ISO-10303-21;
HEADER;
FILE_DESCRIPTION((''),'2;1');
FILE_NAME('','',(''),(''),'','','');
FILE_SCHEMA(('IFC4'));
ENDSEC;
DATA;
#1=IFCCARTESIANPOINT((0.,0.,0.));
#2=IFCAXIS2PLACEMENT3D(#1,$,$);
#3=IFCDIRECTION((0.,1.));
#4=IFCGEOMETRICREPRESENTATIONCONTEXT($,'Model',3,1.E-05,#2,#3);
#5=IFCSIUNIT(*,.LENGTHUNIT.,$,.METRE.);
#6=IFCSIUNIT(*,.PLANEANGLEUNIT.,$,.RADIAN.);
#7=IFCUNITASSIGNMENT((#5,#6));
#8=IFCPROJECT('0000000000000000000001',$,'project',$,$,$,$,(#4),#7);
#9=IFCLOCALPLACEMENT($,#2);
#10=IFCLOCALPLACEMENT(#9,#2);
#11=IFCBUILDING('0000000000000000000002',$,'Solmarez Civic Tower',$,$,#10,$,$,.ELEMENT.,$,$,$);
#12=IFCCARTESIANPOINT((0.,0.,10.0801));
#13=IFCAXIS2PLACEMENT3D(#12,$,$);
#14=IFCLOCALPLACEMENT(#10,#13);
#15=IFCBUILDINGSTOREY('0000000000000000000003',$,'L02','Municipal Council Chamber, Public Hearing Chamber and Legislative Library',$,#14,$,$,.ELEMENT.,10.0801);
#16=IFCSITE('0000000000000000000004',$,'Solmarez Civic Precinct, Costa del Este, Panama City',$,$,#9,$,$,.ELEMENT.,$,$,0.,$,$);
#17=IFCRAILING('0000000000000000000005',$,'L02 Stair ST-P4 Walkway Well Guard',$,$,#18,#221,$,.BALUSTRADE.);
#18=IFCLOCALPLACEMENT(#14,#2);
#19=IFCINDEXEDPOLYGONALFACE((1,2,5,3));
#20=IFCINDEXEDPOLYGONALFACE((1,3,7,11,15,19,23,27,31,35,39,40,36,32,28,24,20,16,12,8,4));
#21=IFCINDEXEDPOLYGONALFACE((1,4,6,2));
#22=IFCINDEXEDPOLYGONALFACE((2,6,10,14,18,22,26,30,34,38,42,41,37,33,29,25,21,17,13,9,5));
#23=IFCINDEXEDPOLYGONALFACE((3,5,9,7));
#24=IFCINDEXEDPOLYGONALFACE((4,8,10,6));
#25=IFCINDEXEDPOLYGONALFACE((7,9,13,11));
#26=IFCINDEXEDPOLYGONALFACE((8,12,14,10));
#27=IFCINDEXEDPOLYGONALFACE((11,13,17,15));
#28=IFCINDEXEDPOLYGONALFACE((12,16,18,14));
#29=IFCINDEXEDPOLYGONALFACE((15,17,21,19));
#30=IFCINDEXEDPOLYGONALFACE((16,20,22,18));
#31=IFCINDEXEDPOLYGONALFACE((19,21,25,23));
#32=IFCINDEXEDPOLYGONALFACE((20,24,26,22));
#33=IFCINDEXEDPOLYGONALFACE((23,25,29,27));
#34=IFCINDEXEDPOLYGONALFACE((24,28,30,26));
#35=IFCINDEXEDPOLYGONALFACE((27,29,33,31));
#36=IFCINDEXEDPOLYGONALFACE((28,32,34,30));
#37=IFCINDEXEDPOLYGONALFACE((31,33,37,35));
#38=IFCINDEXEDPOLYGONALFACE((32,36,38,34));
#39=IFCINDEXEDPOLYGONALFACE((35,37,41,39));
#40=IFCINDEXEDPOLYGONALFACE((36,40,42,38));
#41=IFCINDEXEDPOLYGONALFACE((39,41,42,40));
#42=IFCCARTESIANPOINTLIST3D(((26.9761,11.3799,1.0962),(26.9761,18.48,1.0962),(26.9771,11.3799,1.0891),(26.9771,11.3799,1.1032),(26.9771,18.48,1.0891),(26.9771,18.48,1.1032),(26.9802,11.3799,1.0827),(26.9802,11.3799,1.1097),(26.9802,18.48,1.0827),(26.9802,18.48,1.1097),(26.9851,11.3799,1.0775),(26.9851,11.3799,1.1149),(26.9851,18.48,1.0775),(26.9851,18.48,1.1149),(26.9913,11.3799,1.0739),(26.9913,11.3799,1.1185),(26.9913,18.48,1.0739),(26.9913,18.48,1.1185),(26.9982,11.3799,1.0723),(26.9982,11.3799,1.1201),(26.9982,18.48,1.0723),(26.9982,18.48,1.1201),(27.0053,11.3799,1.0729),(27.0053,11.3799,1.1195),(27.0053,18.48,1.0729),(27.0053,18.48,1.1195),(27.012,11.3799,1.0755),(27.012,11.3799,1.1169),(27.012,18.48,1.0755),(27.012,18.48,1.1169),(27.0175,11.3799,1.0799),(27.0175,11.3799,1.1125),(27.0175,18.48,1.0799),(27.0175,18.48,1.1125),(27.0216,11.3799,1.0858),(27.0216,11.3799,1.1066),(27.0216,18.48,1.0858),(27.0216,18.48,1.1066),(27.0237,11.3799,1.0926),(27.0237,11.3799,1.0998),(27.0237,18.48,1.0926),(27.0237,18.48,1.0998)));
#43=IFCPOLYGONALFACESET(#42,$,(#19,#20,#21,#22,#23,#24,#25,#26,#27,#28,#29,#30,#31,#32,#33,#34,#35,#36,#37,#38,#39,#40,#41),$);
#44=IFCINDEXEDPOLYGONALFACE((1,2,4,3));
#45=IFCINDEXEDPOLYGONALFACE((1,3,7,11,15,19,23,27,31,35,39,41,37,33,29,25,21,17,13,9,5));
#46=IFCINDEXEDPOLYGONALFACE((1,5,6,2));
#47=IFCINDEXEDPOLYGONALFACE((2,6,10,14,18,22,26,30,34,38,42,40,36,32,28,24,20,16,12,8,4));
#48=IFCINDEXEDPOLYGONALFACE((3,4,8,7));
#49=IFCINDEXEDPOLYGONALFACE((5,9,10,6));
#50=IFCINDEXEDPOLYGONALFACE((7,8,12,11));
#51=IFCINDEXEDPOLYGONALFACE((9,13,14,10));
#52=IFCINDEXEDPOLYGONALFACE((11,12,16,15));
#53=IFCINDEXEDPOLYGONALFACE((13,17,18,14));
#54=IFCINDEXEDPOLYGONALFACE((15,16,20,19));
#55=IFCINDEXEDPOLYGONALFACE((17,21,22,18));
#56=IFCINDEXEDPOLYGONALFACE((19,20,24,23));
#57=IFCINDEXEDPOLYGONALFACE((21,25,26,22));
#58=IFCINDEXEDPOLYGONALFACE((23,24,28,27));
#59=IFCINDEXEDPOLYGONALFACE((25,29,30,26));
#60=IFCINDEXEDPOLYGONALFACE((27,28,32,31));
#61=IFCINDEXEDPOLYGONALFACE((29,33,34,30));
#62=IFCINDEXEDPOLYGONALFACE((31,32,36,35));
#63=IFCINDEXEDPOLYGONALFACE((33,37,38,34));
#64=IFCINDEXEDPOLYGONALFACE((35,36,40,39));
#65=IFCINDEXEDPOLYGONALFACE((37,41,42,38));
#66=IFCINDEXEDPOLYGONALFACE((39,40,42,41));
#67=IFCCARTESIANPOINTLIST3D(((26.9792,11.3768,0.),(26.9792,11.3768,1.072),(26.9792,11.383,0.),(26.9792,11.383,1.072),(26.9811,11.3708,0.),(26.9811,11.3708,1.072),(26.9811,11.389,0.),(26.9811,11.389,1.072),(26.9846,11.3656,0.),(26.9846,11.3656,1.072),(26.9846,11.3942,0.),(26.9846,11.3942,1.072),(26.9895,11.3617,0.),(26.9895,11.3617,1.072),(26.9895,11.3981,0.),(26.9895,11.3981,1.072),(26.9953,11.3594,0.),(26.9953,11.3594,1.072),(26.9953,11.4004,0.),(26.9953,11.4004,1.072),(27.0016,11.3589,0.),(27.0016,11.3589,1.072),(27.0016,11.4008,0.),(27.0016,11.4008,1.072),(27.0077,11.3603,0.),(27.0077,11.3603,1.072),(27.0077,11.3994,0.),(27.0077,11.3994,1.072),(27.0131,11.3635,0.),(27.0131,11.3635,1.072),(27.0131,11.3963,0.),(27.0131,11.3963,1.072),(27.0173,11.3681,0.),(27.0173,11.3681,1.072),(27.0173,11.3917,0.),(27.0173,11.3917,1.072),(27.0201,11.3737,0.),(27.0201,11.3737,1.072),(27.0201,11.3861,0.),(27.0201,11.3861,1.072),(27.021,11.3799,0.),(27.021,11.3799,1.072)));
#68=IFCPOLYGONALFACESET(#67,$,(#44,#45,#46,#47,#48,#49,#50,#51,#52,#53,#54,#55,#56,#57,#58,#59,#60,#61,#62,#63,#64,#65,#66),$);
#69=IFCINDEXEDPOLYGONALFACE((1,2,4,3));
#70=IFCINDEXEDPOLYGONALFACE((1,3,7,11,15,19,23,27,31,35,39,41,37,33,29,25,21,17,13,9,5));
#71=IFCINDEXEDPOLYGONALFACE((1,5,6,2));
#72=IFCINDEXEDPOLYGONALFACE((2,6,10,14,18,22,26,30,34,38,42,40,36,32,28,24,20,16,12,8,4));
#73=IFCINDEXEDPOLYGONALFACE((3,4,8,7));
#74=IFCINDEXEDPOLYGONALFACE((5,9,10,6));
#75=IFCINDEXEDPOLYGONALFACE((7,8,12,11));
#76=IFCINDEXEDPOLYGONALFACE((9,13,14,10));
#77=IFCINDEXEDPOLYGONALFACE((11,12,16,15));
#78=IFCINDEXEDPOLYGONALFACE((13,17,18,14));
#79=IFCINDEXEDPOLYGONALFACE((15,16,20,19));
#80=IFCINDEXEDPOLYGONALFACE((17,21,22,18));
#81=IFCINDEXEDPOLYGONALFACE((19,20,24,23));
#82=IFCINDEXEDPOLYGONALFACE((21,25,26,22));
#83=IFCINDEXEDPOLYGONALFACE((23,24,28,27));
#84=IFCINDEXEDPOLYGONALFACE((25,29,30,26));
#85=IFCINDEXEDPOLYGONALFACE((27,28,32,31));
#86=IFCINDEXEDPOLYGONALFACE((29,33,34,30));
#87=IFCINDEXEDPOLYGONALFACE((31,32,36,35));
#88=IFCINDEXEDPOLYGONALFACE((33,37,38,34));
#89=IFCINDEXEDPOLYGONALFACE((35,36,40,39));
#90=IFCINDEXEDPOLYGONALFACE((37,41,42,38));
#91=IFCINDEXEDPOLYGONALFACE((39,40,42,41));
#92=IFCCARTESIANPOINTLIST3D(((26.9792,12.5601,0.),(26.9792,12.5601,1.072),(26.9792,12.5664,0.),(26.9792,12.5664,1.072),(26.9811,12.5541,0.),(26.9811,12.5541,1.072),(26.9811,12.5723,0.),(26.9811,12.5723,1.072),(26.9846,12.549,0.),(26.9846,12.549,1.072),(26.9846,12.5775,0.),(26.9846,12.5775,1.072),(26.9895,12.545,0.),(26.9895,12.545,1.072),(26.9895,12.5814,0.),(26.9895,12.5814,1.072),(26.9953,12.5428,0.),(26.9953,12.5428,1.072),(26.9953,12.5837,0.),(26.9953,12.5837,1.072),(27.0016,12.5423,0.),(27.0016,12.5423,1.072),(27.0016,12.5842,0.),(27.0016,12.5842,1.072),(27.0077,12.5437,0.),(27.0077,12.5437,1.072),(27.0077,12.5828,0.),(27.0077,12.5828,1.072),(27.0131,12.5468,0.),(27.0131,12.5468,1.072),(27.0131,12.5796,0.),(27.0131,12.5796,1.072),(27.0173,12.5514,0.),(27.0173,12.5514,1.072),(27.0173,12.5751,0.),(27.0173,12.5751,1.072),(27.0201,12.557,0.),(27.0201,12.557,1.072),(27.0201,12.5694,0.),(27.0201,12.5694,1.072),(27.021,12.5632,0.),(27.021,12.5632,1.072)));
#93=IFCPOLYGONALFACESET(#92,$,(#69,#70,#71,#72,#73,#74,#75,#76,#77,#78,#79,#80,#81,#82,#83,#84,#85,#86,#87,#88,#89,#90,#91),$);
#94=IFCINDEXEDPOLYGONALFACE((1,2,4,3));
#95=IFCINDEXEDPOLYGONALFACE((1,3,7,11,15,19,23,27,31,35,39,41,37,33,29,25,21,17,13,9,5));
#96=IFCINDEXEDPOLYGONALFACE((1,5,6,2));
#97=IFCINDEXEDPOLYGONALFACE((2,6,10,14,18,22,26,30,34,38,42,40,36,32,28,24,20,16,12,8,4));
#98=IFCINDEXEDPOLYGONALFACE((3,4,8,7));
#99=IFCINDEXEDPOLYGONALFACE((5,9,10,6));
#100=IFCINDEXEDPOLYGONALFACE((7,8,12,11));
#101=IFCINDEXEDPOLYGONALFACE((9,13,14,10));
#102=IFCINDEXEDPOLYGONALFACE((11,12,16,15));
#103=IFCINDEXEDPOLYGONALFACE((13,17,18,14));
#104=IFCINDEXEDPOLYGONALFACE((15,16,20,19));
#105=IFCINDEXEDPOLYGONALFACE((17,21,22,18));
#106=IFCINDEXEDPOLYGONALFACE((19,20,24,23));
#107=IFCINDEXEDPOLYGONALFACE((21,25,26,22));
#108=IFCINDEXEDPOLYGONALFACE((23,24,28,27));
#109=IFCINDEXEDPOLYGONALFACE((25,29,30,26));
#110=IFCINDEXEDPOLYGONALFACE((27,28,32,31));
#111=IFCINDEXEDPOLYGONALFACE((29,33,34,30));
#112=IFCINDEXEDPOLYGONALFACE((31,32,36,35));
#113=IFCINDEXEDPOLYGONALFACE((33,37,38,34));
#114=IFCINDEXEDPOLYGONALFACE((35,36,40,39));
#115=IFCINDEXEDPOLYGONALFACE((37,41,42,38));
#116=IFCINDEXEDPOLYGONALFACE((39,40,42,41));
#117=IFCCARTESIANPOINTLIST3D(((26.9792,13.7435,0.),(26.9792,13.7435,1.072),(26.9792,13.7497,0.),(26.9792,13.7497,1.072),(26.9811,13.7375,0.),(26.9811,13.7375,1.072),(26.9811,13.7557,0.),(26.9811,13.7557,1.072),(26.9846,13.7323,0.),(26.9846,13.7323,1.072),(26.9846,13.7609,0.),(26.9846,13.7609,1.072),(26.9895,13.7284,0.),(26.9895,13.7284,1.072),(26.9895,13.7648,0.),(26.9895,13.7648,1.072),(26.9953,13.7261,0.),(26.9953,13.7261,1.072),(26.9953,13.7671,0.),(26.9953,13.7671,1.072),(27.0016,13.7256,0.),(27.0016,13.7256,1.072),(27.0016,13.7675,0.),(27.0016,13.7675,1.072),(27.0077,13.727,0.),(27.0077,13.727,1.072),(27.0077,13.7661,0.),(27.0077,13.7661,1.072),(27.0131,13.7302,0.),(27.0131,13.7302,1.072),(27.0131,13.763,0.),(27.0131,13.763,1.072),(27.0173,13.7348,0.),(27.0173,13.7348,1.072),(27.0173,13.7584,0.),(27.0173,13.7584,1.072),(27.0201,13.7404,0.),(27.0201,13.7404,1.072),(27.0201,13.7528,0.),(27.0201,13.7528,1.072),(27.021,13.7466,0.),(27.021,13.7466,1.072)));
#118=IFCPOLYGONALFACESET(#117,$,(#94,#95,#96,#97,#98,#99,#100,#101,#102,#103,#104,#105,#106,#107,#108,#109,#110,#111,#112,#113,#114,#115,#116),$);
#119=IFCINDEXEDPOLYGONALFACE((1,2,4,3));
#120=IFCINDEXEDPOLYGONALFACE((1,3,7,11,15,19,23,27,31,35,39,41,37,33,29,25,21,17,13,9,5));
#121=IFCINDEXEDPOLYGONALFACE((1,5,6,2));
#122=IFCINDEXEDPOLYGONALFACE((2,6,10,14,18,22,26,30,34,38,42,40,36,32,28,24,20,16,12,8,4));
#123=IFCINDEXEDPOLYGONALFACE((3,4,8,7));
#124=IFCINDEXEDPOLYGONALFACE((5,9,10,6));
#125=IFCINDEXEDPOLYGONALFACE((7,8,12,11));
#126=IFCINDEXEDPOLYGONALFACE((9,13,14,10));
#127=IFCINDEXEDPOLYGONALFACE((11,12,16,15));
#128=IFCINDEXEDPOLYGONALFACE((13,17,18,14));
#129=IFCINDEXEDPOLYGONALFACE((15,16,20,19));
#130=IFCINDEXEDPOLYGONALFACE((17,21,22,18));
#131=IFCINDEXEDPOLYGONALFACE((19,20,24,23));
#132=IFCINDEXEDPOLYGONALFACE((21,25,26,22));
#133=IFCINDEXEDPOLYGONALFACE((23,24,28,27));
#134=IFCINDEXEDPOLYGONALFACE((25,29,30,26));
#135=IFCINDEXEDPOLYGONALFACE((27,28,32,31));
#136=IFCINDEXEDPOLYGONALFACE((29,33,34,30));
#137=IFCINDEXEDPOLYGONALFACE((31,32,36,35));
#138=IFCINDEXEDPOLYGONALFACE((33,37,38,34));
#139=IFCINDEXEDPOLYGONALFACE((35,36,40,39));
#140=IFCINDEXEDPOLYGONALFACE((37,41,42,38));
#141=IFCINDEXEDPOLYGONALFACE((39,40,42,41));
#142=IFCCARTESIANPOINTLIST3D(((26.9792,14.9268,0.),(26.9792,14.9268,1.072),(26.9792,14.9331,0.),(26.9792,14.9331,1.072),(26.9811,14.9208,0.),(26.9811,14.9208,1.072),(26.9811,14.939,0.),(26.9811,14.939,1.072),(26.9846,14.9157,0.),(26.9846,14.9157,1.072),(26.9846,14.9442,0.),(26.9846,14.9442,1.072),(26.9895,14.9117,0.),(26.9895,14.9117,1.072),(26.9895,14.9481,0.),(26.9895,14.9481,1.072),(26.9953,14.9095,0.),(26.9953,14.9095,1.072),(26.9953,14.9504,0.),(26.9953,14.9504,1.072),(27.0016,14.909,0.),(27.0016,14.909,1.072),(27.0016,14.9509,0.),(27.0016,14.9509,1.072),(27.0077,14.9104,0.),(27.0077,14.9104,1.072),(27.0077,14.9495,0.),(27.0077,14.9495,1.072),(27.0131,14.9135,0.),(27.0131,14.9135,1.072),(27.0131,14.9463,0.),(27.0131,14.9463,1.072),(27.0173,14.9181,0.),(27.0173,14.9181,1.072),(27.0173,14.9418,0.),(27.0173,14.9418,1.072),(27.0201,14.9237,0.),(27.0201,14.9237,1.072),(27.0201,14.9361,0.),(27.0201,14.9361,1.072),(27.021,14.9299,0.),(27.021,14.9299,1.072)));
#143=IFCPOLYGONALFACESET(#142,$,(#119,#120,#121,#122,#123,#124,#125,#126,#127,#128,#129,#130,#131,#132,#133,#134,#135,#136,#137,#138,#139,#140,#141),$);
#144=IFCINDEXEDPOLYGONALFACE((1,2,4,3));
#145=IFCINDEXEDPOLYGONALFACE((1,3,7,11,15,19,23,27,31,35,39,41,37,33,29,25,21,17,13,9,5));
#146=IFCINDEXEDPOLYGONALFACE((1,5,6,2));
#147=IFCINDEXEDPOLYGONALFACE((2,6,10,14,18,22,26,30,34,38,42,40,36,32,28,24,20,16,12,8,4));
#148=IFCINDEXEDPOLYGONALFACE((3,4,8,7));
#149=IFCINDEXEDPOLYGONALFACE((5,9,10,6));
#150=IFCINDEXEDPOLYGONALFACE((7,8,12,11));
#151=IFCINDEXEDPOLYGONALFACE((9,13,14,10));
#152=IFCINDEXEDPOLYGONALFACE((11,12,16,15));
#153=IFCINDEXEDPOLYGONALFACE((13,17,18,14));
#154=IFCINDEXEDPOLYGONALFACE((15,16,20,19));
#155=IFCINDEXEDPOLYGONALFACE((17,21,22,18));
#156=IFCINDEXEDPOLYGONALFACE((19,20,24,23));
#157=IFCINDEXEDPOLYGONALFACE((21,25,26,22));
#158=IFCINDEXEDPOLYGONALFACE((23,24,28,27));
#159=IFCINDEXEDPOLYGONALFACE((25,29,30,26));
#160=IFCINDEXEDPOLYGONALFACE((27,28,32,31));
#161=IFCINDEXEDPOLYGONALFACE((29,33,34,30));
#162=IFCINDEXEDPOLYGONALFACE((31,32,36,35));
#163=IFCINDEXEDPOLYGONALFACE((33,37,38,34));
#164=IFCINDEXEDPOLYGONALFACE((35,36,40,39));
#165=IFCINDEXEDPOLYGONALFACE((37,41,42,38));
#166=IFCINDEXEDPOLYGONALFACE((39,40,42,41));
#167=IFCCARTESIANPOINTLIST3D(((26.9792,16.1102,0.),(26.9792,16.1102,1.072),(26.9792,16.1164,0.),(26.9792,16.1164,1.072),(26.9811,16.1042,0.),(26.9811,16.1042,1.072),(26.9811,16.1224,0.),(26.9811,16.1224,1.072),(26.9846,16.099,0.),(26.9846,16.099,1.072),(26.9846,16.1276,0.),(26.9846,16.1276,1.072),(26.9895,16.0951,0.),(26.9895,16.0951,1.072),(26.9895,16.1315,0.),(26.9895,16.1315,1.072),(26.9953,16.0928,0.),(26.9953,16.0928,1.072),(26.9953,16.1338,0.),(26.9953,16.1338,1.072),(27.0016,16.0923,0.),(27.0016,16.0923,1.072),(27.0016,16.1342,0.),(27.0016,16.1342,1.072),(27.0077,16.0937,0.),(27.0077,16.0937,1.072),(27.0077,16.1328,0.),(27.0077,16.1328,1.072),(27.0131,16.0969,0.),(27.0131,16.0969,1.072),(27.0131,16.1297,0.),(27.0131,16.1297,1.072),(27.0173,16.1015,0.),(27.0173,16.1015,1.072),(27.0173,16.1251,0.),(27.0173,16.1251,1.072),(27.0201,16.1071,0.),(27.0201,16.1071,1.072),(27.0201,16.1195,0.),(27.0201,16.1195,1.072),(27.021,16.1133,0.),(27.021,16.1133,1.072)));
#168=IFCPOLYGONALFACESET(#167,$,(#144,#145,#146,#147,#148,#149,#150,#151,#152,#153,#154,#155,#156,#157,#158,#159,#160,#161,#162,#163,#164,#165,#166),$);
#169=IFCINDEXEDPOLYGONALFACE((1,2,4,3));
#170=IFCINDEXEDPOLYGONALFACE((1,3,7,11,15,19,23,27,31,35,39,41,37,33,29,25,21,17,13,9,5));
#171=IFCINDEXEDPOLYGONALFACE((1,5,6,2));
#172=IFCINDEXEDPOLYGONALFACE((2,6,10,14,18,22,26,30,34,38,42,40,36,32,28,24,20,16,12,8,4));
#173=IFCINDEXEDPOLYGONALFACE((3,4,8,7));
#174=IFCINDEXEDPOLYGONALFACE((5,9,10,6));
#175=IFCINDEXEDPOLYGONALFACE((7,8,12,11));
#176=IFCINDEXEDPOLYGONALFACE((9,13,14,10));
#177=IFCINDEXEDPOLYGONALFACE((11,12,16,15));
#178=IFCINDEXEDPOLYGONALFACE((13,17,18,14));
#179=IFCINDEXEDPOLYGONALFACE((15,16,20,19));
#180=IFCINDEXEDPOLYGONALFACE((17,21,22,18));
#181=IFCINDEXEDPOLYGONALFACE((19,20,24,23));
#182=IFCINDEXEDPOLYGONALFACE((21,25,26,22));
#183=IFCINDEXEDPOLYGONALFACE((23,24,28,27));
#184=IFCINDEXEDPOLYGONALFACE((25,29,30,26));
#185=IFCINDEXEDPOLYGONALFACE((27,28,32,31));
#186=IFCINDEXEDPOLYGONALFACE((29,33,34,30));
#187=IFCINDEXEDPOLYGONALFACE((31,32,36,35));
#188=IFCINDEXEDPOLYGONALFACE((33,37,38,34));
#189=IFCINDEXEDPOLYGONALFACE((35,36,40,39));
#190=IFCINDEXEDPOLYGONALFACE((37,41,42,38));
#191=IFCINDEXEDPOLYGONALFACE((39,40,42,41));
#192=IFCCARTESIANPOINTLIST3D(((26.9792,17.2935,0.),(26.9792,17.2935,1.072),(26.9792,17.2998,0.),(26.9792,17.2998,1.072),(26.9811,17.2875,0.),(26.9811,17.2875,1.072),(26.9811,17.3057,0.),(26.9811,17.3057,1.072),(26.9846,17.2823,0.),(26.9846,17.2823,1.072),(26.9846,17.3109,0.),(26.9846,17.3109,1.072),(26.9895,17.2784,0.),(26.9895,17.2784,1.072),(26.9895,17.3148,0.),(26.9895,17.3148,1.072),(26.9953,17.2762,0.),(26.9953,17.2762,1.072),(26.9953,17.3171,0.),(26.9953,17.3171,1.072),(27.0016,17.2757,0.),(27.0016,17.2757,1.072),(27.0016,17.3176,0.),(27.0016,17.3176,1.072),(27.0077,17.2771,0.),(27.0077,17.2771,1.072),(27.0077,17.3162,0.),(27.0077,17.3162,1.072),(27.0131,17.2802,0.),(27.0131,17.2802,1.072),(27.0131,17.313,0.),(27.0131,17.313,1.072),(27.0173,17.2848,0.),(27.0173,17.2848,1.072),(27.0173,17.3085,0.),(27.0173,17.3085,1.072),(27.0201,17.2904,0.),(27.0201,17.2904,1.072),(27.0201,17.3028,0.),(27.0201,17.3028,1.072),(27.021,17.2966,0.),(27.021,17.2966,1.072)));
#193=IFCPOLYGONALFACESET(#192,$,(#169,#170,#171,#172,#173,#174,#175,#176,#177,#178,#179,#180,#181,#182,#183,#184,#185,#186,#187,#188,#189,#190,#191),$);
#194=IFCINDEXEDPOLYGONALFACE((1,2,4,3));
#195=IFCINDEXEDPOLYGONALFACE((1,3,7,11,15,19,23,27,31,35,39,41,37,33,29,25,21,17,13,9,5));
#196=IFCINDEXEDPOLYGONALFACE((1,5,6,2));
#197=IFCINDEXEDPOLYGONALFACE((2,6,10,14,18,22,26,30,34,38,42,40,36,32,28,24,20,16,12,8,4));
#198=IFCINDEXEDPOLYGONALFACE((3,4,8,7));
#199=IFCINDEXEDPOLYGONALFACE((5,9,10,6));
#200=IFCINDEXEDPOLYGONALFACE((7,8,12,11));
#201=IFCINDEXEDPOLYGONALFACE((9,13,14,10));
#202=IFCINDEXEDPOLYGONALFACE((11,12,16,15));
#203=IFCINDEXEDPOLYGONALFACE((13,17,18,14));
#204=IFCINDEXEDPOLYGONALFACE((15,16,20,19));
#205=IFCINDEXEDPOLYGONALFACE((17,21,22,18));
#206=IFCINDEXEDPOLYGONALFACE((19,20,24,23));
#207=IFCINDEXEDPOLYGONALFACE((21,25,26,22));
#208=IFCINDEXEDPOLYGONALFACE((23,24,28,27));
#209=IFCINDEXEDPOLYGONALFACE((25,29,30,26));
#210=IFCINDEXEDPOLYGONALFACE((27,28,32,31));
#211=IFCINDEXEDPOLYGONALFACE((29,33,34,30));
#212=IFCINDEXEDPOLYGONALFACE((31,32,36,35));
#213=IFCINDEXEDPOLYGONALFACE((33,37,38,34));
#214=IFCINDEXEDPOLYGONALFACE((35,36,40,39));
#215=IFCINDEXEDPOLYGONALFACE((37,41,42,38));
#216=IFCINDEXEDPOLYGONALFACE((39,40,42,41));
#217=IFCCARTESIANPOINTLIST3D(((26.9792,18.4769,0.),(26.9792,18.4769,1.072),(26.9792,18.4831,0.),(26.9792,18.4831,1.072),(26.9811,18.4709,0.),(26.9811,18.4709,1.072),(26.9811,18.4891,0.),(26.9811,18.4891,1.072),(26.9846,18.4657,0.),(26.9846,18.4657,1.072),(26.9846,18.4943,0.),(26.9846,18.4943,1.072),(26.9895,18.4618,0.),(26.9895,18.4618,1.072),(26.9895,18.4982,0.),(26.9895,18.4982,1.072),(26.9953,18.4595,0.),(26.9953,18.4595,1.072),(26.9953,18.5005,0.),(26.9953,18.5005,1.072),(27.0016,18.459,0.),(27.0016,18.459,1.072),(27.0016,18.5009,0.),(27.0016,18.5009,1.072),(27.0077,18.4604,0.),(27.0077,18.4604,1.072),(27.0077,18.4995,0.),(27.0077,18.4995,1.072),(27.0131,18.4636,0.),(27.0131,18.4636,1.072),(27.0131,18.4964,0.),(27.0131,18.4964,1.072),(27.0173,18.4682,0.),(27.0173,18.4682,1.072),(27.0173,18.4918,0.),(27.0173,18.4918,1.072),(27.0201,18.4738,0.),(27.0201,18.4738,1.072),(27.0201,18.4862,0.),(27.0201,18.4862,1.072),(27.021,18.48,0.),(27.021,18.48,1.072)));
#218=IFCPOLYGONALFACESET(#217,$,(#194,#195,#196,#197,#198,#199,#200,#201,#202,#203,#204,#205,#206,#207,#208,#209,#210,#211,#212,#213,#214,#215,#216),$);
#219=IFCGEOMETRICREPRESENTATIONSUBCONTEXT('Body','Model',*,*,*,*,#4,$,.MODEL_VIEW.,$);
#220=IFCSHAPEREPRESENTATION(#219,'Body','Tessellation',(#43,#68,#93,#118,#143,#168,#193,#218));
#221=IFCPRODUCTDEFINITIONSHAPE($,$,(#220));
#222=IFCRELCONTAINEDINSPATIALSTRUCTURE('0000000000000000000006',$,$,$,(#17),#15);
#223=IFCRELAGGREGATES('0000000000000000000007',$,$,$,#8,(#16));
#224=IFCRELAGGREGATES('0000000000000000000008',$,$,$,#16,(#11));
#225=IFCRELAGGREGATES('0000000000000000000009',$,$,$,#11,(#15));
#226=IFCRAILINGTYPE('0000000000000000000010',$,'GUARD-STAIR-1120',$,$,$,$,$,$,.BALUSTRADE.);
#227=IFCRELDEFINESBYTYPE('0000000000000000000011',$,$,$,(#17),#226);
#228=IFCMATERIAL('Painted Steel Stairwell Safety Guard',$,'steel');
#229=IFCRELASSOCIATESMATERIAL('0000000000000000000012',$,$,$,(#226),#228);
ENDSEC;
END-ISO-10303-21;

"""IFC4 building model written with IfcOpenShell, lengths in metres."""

from ifc_helpers import new_model, si_unit, direction, frame, origin, origin_2d, place, context, subcontext, project, spatial, circle, extrude, material, type_object, element, save


model = new_model("IFC4")

# Units and contexts
model_context = context("Model", 3, precision=1e-05, world=origin(), true_north=direction((0.0, 1.0)))
body_context = subcontext(model_context, "Body", "Model", "MODEL_VIEW")
ifc_project = project(units=[si_unit("LENGTHUNIT", "METRE"), si_unit("PLANEANGLEUNIT", "RADIAN")], contexts=[model_context])

# Site, building, storey
site_placement = place(None, origin())
site = spatial("IfcSite", under=ifc_project, at=site_placement, Name="Solmarez Civic Precinct, Costa del Este, Panama City", CompositionType="ELEMENT", RefElevation=0.0)
building_placement = place(site_placement, origin())
building = spatial("IfcBuilding", under=site, at=building_placement, Name="Solmarez Civic Tower", CompositionType="ELEMENT")
storey_placement = place(building_placement, frame((0.0, 0.0, 10.0801)))
storey = spatial("IfcBuildingStorey", under=building, at=storey_placement, Name="L02", Description="Municipal Council Chamber, Public Hearing Chamber and Legislative Library", CompositionType="ELEMENT", Elevation=10.0801)

# Railing
ifc_material_1 = material(Name="Painted Steel Stairwell Safety Guard", Category="steel")
railing_type_1 = type_object("IfcRailingType", Name="GUARD-STAIR-1120", PredefinedType="BALUSTRADE", material=ifc_material_1)
railing_1_placement = place(storey_placement, frame((27.0, 11.3799, 0.0)))
element("IfcRailing", 1, at=railing_1_placement, inside=storey, type_object=railing_type_1, Name="L02 Stair ST-P4 Walkway Well Guard", PredefinedType="BALUSTRADE", context=body_context, shape_type="SweptSolid", body=[
    extrude(circle(Radius=0.0239, at=origin_2d()), frame((0.0, 0.0, 1.0962), z_axis=(0.0, 1.0, 0.0), x_axis=(-1.0, 0.0, 0.0)), (0.0, 0.0, 1.0), 7.1001),
    extrude(circle(Radius=0.021, at=origin_2d()), origin(), (0.0, 0.0, 1.0), 1.072),
    extrude(circle(Radius=0.021, at=origin_2d()), frame((0.0, 1.1833, 0.0)), (0.0, 0.0, 1.0), 1.072),
    extrude(circle(Radius=0.021, at=origin_2d()), frame((0.0, 2.3667, 0.0)), (0.0, 0.0, 1.0), 1.072),
    extrude(circle(Radius=0.021, at=origin_2d()), frame((0.0, 3.55, 0.0)), (0.0, 0.0, 1.0), 1.072),
    extrude(circle(Radius=0.021, at=origin_2d()), frame((0.0, 4.7334, 0.0)), (0.0, 0.0, 1.0), 1.072),
    extrude(circle(Radius=0.021, at=origin_2d()), frame((0.0, 5.9167, 0.0)), (0.0, 0.0, 1.0), 1.072),
    extrude(circle(Radius=0.021, at=origin_2d()), frame((0.0, 7.1001, 0.0)), (0.0, 0.0, 1.0), 1.072),
])

save(model, "model.ifc")
